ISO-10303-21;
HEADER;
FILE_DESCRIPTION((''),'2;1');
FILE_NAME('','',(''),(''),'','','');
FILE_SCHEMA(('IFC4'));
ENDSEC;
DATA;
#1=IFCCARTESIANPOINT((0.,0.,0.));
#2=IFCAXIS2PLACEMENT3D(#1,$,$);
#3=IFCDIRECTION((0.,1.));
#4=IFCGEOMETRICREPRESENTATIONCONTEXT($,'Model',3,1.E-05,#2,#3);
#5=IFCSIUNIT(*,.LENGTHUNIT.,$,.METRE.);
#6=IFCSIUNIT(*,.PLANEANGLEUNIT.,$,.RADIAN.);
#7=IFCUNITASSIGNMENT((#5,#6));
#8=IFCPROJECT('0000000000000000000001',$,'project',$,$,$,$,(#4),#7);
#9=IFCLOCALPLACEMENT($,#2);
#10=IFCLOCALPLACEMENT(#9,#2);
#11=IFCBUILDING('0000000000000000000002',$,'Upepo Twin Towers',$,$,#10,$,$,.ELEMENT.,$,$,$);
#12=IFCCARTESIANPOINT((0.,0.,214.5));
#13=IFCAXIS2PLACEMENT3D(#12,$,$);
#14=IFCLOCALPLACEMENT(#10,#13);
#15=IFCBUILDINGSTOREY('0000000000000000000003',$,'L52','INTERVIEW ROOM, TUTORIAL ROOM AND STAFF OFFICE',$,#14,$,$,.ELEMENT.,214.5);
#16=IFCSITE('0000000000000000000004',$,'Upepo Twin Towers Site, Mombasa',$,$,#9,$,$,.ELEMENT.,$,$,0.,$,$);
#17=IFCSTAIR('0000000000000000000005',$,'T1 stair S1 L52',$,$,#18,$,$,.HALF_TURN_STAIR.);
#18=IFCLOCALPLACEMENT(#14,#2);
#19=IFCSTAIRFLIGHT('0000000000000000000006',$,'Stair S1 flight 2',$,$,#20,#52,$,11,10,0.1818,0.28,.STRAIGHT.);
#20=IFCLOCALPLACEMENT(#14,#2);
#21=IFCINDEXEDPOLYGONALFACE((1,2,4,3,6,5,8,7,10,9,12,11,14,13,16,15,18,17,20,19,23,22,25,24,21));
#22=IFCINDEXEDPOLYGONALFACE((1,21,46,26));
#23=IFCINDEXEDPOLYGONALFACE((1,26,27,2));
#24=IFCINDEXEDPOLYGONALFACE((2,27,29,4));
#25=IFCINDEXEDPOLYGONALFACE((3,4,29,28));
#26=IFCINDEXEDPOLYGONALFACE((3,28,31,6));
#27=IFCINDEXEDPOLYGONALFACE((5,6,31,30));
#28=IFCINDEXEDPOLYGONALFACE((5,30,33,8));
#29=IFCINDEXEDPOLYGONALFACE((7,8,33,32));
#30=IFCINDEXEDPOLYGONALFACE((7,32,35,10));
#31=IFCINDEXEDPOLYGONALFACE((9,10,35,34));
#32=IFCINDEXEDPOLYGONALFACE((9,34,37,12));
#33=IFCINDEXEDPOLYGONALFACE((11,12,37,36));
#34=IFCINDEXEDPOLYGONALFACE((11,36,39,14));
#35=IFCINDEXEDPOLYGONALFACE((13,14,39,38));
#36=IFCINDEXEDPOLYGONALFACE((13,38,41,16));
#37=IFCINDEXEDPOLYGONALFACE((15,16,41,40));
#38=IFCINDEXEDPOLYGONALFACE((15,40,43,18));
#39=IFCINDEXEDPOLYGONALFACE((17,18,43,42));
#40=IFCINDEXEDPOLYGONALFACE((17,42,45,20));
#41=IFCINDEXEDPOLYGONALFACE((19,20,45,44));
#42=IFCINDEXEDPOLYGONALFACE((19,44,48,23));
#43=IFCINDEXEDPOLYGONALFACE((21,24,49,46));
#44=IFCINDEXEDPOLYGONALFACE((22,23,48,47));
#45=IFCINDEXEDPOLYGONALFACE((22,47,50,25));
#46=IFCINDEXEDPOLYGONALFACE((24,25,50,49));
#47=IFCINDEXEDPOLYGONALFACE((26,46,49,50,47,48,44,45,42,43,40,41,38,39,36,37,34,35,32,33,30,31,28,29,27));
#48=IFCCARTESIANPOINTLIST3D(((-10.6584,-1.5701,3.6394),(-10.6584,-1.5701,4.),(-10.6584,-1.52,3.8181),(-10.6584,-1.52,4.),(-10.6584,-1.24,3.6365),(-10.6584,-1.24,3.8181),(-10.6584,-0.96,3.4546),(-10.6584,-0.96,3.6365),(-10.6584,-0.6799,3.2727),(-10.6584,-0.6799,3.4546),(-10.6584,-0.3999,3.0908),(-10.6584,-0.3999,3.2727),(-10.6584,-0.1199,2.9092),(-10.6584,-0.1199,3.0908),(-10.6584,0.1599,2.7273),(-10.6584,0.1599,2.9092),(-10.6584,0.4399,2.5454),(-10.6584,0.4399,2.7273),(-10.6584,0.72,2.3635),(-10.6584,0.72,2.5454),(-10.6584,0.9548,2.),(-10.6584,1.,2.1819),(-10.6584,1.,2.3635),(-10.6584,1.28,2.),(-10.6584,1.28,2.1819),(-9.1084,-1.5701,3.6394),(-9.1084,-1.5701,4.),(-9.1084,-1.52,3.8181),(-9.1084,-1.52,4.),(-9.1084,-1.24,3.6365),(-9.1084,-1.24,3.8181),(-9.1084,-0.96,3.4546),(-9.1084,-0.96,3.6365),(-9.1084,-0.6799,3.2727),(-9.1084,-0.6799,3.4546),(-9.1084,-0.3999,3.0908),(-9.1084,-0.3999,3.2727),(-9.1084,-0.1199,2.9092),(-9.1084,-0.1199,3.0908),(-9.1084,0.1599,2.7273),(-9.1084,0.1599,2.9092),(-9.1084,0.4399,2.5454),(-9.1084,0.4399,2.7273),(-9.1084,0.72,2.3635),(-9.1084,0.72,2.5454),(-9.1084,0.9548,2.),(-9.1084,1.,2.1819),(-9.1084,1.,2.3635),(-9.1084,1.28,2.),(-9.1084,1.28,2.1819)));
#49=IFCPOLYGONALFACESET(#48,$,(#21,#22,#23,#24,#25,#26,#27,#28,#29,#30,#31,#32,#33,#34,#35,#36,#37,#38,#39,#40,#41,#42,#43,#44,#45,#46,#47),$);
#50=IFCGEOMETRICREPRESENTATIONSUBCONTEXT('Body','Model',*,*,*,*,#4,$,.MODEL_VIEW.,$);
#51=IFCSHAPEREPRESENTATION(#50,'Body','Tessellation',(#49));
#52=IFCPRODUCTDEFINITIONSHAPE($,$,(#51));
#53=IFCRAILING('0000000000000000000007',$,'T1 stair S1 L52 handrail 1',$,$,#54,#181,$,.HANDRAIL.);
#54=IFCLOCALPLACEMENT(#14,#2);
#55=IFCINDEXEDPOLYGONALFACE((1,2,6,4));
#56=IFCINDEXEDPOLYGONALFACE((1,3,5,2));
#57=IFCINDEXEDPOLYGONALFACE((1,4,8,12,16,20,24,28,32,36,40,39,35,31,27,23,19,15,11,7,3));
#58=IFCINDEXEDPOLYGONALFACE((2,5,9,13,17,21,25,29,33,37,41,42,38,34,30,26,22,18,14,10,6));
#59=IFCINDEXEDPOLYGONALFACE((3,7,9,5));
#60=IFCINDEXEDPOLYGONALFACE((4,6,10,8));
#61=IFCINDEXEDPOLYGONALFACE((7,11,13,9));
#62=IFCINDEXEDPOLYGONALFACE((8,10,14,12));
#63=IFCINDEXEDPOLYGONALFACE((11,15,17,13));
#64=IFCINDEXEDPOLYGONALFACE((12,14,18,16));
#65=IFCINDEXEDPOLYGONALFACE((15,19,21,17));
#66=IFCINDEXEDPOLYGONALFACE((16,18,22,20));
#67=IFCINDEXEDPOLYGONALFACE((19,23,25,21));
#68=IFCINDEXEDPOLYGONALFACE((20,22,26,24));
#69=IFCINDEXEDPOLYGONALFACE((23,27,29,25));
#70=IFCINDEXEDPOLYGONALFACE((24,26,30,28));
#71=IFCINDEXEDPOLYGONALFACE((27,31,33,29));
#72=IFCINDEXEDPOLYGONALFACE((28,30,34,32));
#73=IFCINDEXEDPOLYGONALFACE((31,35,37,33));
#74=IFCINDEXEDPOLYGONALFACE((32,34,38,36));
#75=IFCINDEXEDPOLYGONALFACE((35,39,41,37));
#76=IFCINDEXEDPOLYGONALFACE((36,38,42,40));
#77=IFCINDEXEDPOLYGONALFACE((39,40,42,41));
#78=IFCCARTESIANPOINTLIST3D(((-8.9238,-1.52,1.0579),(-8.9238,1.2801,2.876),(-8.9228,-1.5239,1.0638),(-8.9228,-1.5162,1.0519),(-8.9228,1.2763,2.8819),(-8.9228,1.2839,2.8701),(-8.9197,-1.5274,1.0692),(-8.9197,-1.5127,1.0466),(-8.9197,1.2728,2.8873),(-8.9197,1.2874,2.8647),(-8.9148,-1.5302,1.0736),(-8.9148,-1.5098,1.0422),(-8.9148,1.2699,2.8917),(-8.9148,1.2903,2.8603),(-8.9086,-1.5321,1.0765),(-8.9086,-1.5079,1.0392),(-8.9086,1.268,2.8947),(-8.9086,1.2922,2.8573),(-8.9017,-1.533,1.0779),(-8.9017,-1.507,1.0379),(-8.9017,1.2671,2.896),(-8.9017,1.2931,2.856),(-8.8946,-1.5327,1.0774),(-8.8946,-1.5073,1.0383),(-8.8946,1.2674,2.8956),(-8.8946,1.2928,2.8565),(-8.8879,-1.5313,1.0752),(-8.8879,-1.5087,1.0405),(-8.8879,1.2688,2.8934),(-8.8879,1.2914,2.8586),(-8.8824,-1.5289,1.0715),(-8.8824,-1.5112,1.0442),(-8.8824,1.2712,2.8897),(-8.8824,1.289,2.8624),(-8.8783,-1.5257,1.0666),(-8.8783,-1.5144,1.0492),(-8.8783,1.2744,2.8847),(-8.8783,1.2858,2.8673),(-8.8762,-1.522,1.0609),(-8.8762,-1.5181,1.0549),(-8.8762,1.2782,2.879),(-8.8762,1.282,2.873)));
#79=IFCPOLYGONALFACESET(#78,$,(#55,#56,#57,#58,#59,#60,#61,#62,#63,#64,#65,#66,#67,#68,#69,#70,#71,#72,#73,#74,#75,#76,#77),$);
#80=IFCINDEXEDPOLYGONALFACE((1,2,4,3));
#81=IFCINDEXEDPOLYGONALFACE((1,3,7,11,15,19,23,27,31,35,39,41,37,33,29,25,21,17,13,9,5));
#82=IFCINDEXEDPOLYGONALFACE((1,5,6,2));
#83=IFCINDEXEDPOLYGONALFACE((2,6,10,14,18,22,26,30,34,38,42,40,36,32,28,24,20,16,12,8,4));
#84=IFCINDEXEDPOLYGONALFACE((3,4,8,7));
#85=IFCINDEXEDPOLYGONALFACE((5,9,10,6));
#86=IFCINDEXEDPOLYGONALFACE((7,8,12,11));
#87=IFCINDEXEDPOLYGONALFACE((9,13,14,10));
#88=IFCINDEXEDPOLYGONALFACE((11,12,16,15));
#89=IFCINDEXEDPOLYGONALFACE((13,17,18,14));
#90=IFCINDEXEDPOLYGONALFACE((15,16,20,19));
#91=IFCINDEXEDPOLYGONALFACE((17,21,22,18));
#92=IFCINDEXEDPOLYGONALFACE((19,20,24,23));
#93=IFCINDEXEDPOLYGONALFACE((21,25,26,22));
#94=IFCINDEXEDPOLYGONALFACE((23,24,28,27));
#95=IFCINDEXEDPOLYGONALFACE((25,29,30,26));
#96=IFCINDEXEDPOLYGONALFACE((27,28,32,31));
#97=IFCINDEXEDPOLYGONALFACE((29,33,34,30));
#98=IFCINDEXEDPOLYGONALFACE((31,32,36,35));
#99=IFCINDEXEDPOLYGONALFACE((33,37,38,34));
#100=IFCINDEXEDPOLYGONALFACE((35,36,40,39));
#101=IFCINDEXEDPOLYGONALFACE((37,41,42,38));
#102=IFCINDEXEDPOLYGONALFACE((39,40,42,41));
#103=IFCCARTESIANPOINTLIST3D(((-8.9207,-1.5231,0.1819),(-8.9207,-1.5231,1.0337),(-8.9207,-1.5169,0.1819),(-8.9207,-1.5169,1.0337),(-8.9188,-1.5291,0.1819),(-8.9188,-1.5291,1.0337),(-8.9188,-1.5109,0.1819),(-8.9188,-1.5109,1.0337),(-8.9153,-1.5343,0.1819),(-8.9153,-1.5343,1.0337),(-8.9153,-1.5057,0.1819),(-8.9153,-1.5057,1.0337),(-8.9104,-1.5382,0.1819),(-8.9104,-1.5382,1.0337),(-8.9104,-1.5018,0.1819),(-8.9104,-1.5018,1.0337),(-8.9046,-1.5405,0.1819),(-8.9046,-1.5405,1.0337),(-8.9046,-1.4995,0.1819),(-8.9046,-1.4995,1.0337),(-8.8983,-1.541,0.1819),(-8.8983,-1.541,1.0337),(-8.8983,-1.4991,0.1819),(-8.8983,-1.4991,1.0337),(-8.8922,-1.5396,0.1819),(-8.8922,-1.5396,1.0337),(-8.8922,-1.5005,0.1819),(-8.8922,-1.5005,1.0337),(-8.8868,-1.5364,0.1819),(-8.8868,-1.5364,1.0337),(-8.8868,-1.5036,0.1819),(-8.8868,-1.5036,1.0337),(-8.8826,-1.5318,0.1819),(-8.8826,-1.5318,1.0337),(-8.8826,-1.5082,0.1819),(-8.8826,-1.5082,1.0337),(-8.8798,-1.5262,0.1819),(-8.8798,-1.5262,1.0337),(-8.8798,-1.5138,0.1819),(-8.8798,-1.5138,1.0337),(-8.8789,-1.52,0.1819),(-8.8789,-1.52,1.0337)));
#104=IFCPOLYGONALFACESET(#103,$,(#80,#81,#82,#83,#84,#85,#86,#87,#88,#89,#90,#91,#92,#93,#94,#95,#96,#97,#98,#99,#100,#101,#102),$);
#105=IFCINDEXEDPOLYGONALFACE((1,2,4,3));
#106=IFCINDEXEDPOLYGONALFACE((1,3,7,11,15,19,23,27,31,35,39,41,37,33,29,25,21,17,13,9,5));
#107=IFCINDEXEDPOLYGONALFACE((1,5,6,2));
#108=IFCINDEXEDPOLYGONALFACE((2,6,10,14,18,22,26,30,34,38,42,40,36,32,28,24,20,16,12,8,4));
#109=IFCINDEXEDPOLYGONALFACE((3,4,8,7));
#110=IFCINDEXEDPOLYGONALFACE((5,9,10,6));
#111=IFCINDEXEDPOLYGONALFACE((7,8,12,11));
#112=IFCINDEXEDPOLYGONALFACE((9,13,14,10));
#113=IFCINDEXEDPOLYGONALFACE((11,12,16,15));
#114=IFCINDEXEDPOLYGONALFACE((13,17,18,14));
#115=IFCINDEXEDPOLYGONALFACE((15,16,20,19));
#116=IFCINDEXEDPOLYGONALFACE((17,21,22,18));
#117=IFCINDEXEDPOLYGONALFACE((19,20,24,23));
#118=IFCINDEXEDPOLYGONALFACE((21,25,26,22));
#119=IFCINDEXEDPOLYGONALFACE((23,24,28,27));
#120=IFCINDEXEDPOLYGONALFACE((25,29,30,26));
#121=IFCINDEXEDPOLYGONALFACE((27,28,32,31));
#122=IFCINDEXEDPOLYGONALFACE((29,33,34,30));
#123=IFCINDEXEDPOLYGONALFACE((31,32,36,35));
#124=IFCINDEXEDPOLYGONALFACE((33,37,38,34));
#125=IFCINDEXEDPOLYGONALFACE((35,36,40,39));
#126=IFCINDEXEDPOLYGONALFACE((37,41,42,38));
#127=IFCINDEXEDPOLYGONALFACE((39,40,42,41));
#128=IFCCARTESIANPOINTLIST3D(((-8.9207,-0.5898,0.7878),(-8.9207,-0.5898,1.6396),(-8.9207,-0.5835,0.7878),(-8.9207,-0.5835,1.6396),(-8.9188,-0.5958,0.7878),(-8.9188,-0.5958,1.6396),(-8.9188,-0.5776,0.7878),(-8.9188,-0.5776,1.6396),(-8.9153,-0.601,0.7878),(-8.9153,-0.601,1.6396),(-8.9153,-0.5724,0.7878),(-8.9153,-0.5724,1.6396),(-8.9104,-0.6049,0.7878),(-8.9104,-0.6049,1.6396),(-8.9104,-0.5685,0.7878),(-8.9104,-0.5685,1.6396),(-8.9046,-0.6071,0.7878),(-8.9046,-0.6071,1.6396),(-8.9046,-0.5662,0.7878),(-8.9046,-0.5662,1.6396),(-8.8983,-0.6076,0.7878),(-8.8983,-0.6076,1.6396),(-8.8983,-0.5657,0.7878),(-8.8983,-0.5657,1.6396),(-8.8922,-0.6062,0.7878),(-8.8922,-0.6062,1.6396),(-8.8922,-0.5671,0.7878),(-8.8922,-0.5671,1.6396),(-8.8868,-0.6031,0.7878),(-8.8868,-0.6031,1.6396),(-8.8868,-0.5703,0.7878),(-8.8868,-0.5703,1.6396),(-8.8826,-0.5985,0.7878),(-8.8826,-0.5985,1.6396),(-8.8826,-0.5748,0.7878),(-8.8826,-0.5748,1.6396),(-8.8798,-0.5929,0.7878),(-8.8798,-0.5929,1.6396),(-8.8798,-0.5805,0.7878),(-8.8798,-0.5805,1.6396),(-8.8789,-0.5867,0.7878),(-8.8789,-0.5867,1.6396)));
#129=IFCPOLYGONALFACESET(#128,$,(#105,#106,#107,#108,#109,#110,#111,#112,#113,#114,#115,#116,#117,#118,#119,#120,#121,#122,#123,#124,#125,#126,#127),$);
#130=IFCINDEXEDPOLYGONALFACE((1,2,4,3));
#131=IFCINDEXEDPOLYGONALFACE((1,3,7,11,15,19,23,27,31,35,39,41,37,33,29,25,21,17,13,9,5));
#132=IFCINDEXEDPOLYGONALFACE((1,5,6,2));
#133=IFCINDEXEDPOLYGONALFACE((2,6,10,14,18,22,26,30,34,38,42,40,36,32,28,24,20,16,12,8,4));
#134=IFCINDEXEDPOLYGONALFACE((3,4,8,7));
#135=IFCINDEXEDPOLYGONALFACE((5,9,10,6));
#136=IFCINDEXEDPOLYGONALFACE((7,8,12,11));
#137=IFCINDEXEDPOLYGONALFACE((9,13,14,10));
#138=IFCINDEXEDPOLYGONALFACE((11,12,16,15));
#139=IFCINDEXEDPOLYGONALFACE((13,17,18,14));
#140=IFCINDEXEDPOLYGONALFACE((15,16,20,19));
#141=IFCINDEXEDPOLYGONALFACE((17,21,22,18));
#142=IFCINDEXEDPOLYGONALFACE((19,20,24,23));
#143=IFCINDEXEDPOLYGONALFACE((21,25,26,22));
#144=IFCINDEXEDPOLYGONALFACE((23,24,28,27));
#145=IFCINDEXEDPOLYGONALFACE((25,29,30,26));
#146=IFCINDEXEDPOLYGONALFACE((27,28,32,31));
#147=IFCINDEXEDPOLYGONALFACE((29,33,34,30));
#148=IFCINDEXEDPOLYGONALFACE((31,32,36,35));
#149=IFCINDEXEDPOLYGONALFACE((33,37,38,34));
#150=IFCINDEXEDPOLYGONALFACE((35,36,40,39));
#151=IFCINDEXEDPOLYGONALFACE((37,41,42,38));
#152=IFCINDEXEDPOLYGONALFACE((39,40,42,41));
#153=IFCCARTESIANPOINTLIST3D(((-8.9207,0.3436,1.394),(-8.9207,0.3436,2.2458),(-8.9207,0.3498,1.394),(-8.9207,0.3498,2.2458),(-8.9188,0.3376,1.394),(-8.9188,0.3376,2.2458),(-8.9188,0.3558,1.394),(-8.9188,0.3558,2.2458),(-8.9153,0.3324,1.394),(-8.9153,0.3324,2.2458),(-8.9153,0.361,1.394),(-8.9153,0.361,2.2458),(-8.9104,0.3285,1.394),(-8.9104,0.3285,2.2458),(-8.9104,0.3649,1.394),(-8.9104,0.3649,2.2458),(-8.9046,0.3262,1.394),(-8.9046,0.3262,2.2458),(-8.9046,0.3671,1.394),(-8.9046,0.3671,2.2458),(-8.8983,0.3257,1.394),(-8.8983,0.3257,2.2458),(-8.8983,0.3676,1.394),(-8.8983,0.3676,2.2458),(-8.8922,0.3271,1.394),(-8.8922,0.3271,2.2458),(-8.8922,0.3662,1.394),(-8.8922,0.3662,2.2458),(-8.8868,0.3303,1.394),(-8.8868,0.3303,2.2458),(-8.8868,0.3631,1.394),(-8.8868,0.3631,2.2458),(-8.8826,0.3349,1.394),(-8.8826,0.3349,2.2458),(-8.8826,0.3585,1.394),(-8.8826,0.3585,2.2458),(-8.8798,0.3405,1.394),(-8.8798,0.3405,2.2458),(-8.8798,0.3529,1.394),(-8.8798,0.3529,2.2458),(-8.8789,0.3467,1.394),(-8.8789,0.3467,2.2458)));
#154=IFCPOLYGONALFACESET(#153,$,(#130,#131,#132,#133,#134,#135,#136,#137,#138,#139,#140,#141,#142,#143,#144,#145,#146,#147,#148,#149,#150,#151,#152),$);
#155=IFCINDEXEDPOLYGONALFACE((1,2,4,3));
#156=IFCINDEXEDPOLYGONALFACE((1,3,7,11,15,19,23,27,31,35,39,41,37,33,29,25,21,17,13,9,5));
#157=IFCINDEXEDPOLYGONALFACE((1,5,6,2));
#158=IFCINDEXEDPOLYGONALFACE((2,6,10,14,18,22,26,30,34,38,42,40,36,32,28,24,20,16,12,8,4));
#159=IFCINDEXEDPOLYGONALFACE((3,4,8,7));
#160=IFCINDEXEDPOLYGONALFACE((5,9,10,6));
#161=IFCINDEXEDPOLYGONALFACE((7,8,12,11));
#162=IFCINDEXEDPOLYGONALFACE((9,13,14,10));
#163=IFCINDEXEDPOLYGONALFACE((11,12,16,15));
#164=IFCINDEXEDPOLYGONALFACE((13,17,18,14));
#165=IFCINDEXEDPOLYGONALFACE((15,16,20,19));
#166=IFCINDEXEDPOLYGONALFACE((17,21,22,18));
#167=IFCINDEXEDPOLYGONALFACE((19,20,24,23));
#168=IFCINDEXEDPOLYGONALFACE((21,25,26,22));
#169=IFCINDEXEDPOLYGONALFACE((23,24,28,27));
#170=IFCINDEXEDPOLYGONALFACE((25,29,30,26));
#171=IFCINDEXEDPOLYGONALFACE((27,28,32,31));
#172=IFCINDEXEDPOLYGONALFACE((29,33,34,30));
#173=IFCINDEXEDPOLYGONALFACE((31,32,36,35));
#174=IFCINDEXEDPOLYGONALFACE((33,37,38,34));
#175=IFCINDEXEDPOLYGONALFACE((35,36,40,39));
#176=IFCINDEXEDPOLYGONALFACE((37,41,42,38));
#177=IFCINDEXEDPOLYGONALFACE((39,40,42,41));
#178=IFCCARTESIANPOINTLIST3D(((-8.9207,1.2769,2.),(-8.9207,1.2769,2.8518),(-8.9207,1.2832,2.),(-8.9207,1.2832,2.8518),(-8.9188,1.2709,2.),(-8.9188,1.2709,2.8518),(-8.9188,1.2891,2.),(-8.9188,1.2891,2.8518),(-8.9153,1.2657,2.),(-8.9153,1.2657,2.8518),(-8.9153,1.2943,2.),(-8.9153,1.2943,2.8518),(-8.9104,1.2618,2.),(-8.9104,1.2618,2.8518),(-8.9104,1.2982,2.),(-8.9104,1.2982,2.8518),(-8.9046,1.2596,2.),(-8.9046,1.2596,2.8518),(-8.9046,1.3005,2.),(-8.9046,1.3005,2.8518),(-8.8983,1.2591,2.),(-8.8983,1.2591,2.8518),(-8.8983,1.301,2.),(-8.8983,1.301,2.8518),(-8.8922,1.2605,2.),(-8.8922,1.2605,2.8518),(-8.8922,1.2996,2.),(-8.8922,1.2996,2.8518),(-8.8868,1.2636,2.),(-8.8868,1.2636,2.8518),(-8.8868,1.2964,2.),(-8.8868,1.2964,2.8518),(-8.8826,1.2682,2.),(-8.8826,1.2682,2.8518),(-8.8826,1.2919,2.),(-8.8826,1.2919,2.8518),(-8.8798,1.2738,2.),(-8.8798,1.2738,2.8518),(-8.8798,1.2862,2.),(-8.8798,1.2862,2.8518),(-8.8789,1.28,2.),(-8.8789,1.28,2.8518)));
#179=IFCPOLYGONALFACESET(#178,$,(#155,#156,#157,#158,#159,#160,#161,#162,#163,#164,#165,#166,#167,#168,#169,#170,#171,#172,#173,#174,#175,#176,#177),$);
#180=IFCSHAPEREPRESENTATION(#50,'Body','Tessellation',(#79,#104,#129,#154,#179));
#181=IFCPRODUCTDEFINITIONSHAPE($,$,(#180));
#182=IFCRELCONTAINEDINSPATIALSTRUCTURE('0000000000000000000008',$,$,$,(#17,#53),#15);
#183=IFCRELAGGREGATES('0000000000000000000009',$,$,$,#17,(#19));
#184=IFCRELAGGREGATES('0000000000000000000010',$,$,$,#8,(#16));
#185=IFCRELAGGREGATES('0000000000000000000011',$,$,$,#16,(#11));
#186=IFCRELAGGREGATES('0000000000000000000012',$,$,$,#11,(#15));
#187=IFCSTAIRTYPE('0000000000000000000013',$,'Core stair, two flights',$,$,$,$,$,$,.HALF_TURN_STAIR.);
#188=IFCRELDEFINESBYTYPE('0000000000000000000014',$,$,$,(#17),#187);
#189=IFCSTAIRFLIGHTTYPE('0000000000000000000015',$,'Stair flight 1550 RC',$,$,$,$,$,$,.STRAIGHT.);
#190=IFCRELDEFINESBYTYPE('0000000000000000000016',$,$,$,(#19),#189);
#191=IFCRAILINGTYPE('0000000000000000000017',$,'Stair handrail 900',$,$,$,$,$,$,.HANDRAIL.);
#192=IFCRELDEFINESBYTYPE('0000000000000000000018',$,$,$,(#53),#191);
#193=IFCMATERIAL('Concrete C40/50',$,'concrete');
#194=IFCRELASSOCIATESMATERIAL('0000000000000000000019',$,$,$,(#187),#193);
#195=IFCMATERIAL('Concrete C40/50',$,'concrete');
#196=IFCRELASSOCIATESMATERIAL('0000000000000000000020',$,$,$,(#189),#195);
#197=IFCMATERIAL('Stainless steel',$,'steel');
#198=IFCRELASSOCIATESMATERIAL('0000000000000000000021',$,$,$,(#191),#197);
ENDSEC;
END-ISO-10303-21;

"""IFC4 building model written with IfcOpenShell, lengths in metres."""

from ifc_helpers import new_model, si_unit, direction, frame, origin, origin_2d, place, context, subcontext, project, spatial, polyline, circle, outline, extrude, material, type_object, element, aggregate, save


model = new_model("IFC4")

# Units and contexts
model_context = context("Model", 3, precision=1e-05, world=origin(), true_north=direction((0.0, 1.0)))
body_context = subcontext(model_context, "Body", "Model", "MODEL_VIEW")
ifc_project = project(units=[si_unit("LENGTHUNIT", "METRE"), si_unit("PLANEANGLEUNIT", "RADIAN")], contexts=[model_context])

# Site, building, storey
site_placement = place(None, origin())
site = spatial("IfcSite", under=ifc_project, at=site_placement, Name="Upepo Twin Towers Site, Mombasa", CompositionType="ELEMENT", RefElevation=0.0)
building_placement = place(site_placement, origin())
building = spatial("IfcBuilding", under=site, at=building_placement, Name="Upepo Twin Towers", CompositionType="ELEMENT")
storey_placement = place(building_placement, frame((0.0, 0.0, 214.5)))
storey = spatial("IfcBuildingStorey", under=building, at=storey_placement, Name="L52", Description="INTERVIEW ROOM, TUTORIAL ROOM AND STAFF OFFICE", CompositionType="ELEMENT", Elevation=214.5)

# Stair, stair flight
ifc_material_1 = material(Name="Concrete C40/50", Category="concrete")
stair_type = type_object("IfcStairType", Name="Core stair, two flights", PredefinedType="HALF_TURN_STAIR", material=ifc_material_1)
stair_placement = place(storey_placement, origin())
stair = element("IfcStair", 1, at=stair_placement, inside=storey, type_object=stair_type, Name="T1 stair S1 L52", PredefinedType="HALF_TURN_STAIR")
ifc_material_2 = material(Name="Concrete C40/50", Category="concrete")
stair_flight_type = type_object("IfcStairFlightType", Name="Stair flight 1550 RC", PredefinedType="STRAIGHT", material=ifc_material_2)
stair_flight_1_placement = place(storey_placement, frame((-9.8833, 1.28, 2.0), z_axis=(0.0, 0.0, 1.0), x_axis=(0.0, -1.0, 0.0)))
stair_flight_1 = element("IfcStairFlight", 2, at=stair_flight_1_placement, type_object=stair_flight_type, Name="Stair S1 flight 2", NumberOfRisers=11, NumberOfTreads=10, PredefinedType="STRAIGHT", RiserHeight=0.1818, TreadLength=0.28, context=body_context, shape_type="SweptSolid", body=[
    extrude(outline(polyline([(0.0, 0.0), (0.0, 0.1819), (0.28, 0.1819), (0.28, 0.3635), (0.5601, 0.3635), (0.5601, 0.5454), (0.8401, 0.5454), (0.8401, 0.7273), (1.1201, 0.7273), (1.1201, 0.9092), (1.3999, 0.9092), (1.3999, 1.0908), (1.6799, 1.0908), (1.6799, 1.2727), (1.96, 1.2727), (1.96, 1.4546), (2.24, 1.4546), (2.24, 1.6365), (2.52, 1.6365), (2.52, 1.8181), (2.8, 1.8181), (2.8, 2.0), (2.8501, 2.0), (2.8501, 1.6394), (0.3252, 0.0), (0.0, 0.0)])), frame((0.0, 0.7749, 0.0), z_axis=(0.0, -1.0, 0.0), x_axis=(1.0, 0.0, 0.0)), (0.0, 0.0, 1.0), 1.55),
])
aggregate(stair, [stair_flight_1])

# Railing
ifc_material_3 = material(Name="Stainless steel", Category="steel")
railing_type = type_object("IfcRailingType", Name="Stair handrail 900", PredefinedType="HANDRAIL", material=ifc_material_3)
railing_1_placement = place(storey_placement, frame((-8.8999, -1.52, 0.1819)))
element("IfcRailing", 3, at=railing_1_placement, inside=storey, type_object=railing_type, Name="T1 stair S1 L52 handrail 1", PredefinedType="HANDRAIL", context=body_context, shape_type="SweptSolid", body=[
    extrude(circle(Radius=0.0239, at=origin_2d()), frame((0.0, 0.0, 0.876), z_axis=(0.0, 0.838706, 0.544585), x_axis=(-1.0, 0.0, 0.0)), (0.0, 0.0, 1.0), 3.3386),
    extrude(circle(Radius=0.021, at=origin_2d()), origin(), (0.0, 0.0, 1.0), 0.8518),
    extrude(circle(Radius=0.021, at=origin_2d()), frame((0.0, 0.9333, 0.606)), (0.0, 0.0, 1.0), 0.8518),
    extrude(circle(Radius=0.021, at=origin_2d()), frame((0.0, 1.8667, 1.2122)), (0.0, 0.0, 1.0), 0.8518),
    extrude(circle(Radius=0.021, at=origin_2d()), frame((0.0, 2.8, 1.8181)), (0.0, 0.0, 1.0), 0.8518),
])

save(model, "model.ifc")
